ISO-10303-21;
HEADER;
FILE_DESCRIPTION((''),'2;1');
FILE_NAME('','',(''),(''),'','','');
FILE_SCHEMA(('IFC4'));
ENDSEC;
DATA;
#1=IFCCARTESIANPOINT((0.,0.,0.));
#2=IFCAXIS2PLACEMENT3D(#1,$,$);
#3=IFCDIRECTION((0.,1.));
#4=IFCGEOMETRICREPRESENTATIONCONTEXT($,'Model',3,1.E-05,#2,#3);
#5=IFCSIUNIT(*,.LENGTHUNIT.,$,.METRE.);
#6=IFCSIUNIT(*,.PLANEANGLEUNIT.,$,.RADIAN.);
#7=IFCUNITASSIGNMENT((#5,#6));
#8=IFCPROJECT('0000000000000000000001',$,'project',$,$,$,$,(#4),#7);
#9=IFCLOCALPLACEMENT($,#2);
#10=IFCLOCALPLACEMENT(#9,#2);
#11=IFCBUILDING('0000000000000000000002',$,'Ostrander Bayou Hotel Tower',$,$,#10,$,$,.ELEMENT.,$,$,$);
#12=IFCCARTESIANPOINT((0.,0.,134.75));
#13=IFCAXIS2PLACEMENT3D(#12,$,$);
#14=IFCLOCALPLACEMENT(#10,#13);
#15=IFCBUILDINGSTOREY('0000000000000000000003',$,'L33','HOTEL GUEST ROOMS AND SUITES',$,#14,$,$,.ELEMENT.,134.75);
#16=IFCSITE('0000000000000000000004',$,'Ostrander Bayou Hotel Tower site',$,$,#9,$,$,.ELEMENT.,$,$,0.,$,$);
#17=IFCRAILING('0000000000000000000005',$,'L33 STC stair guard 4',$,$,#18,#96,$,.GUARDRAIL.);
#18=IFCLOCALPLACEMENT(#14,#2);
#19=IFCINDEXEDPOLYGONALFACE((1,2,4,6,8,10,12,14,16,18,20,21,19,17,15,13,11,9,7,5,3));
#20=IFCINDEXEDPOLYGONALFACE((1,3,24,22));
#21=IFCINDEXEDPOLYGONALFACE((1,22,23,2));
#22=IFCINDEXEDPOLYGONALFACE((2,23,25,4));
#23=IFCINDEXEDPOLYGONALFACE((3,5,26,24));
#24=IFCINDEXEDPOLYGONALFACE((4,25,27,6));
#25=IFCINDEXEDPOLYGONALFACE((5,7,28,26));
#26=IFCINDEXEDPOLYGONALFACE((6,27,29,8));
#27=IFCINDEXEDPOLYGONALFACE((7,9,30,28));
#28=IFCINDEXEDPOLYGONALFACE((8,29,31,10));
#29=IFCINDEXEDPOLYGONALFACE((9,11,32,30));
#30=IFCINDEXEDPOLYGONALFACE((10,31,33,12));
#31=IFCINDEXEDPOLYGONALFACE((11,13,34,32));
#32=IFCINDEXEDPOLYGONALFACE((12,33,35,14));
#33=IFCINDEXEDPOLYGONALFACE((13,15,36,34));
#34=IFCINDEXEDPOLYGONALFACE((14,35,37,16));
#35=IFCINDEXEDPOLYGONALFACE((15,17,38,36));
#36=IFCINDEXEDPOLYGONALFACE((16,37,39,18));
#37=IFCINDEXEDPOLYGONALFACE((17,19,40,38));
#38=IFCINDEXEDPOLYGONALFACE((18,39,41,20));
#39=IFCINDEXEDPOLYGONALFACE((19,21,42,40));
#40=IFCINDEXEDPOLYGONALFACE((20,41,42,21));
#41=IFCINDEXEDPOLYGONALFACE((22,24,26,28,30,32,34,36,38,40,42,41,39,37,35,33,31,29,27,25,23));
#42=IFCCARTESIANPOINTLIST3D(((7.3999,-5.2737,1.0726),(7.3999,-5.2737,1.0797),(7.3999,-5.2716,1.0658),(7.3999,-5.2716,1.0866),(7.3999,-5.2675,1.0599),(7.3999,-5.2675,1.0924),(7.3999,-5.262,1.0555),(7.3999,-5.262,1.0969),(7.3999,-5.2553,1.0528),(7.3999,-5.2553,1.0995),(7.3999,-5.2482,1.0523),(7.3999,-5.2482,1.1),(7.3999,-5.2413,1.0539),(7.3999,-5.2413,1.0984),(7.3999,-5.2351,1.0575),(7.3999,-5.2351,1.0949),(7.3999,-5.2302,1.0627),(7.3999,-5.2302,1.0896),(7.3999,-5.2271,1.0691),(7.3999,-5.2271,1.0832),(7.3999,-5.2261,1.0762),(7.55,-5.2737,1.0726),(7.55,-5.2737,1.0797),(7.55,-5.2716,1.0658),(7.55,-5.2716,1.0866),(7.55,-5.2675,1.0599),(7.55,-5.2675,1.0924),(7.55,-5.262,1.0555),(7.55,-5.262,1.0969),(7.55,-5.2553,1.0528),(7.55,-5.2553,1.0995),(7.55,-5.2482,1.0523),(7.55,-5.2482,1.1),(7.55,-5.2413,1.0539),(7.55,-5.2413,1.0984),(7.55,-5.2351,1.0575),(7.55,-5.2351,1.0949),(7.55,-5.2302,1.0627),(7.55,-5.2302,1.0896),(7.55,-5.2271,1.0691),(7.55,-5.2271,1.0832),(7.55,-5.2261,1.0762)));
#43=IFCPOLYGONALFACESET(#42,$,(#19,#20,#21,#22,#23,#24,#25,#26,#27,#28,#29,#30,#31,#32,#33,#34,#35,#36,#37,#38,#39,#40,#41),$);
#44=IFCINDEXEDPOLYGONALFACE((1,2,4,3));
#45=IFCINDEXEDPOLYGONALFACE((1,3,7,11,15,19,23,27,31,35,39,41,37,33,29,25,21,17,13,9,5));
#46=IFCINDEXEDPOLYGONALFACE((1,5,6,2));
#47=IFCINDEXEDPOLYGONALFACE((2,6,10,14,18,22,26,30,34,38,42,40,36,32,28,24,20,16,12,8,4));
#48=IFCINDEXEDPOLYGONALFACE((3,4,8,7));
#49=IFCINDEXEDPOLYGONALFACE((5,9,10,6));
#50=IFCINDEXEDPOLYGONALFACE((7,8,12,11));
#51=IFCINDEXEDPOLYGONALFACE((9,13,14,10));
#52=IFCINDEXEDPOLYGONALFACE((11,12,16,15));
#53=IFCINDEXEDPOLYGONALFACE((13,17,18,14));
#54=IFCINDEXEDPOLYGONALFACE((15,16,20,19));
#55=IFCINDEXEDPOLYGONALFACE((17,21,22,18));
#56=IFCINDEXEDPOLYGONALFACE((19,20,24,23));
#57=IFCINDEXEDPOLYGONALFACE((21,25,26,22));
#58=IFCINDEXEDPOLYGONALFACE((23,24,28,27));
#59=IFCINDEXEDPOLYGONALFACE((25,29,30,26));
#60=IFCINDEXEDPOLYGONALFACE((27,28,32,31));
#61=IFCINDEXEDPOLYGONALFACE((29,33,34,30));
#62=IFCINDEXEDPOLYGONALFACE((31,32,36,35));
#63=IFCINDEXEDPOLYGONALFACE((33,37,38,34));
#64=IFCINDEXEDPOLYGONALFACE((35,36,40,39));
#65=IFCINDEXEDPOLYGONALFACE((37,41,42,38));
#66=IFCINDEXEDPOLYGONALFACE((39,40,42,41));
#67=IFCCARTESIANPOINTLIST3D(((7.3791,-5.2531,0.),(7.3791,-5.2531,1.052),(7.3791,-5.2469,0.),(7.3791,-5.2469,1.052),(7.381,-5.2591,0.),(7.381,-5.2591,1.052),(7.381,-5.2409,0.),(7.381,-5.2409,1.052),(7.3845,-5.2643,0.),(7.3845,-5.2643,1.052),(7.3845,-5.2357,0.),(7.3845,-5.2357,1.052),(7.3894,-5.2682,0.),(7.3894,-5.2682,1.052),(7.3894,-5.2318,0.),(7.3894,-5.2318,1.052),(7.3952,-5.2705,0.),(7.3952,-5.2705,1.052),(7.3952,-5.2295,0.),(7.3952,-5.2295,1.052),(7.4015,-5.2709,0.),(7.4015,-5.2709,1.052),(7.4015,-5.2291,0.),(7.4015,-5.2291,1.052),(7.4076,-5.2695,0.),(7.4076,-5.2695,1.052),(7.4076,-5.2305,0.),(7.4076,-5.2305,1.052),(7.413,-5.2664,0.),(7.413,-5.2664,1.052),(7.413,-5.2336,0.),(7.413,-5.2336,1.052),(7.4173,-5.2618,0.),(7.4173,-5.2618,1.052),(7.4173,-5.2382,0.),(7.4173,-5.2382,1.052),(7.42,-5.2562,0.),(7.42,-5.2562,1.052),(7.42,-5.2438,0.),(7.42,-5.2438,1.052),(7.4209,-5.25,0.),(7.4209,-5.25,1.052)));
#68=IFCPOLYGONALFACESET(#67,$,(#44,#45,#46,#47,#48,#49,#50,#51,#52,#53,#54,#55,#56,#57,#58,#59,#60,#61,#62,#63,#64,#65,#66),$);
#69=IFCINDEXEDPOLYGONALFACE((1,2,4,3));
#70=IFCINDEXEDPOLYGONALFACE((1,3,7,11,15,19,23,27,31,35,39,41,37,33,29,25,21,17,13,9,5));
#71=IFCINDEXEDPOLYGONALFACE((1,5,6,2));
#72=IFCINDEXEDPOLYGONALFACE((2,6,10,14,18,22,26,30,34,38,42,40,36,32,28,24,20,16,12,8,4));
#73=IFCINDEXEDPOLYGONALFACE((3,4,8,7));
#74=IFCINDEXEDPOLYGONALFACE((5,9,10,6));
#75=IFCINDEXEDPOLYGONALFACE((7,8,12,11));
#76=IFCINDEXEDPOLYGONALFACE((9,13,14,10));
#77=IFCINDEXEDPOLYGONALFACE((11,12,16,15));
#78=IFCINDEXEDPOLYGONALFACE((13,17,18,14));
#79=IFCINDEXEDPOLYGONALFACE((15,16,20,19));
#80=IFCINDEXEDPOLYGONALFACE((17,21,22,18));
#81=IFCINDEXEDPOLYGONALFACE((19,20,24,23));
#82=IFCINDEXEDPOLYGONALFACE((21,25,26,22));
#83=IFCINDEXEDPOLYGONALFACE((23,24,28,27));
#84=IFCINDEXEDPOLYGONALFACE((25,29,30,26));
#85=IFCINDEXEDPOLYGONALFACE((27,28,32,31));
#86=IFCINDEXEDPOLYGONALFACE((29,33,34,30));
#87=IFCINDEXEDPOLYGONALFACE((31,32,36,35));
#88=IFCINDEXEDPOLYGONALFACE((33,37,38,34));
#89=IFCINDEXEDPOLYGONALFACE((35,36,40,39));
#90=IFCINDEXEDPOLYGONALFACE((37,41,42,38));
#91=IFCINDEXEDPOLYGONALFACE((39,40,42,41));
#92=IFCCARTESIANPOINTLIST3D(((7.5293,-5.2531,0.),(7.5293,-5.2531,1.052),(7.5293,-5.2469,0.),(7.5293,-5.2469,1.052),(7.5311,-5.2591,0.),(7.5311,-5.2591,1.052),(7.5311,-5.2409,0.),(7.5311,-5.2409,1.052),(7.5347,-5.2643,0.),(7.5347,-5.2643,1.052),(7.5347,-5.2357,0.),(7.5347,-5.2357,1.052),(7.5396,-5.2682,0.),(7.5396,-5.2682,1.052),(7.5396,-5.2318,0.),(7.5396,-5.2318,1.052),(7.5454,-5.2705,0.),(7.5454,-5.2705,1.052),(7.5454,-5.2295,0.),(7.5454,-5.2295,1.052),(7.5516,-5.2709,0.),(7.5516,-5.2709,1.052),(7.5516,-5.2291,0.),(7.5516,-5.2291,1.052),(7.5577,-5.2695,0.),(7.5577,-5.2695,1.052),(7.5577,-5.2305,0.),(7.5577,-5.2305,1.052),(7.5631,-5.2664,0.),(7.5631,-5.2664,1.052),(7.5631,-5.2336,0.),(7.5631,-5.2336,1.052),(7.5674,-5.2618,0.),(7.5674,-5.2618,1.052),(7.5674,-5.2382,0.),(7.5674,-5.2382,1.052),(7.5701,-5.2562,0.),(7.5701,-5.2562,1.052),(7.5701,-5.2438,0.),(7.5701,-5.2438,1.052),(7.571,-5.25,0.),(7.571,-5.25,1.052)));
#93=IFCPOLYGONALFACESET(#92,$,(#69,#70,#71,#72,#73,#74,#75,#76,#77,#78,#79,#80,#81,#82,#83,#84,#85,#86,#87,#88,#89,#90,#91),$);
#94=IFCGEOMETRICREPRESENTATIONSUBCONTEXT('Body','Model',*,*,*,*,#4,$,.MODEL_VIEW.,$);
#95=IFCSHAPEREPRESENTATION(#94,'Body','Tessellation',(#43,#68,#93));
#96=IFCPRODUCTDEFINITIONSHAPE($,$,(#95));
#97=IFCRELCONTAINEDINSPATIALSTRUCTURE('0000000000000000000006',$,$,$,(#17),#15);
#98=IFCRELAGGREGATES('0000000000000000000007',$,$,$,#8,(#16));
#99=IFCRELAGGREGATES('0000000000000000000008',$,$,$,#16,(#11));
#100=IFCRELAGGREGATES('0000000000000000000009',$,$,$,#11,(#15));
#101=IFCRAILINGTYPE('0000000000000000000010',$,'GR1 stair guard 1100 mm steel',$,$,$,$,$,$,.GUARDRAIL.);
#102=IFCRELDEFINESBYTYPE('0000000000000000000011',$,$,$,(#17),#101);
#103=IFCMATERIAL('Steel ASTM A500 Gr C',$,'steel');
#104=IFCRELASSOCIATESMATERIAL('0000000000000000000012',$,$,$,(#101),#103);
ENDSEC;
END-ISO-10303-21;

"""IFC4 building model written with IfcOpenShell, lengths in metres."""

from ifc_helpers import new_model, si_unit, direction, frame, origin, origin_2d, place, context, subcontext, project, spatial, circle, extrude, material, type_object, element, save


model = new_model("IFC4")

# Units and contexts
model_context = context("Model", 3, precision=1e-05, world=origin(), true_north=direction((0.0, 1.0)))
body_context = subcontext(model_context, "Body", "Model", "MODEL_VIEW")
ifc_project = project(units=[si_unit("LENGTHUNIT", "METRE"), si_unit("PLANEANGLEUNIT", "RADIAN")], contexts=[model_context])

# Site, building, storey
site_placement = place(None, origin())
site = spatial("IfcSite", under=ifc_project, at=site_placement, Name="Ostrander Bayou Hotel Tower site", CompositionType="ELEMENT", RefElevation=0.0)
building_placement = place(site_placement, origin())
building = spatial("IfcBuilding", under=site, at=building_placement, Name="Ostrander Bayou Hotel Tower", CompositionType="ELEMENT")
storey_placement = place(building_placement, frame((0.0, 0.0, 134.75)))
storey = spatial("IfcBuildingStorey", under=building, at=storey_placement, Name="L33", Description="HOTEL GUEST ROOMS AND SUITES", CompositionType="ELEMENT", Elevation=134.75)

# Railing
ifc_material_1 = material(Name="Steel ASTM A500 Gr C", Category="steel")
railing_type_1 = type_object("IfcRailingType", Name="GR1 stair guard 1100 mm steel", PredefinedType="GUARDRAIL", material=ifc_material_1)
railing_1_placement = place(storey_placement, frame((7.3999, -5.25, 0.0)))
element("IfcRailing", 1, at=railing_1_placement, inside=storey, type_object=railing_type_1, Name="L33 STC stair guard 4", PredefinedType="GUARDRAIL", context=body_context, shape_type="SweptSolid", body=[
    extrude(circle(Radius=0.0239, at=origin_2d()), frame((0.0, 0.0, 1.0762), z_axis=(1.0, 0.0, 0.0), x_axis=(0.0, 1.0, 0.0)), (0.0, 0.0, 1.0), 0.1501),
    extrude(circle(Radius=0.021, at=origin_2d()), origin(), (0.0, 0.0, 1.0), 1.052),
    extrude(circle(Radius=0.021, at=origin_2d()), frame((0.1501, 0.0, 0.0)), (0.0, 0.0, 1.0), 1.052),
])

save(model, "model.ifc")
